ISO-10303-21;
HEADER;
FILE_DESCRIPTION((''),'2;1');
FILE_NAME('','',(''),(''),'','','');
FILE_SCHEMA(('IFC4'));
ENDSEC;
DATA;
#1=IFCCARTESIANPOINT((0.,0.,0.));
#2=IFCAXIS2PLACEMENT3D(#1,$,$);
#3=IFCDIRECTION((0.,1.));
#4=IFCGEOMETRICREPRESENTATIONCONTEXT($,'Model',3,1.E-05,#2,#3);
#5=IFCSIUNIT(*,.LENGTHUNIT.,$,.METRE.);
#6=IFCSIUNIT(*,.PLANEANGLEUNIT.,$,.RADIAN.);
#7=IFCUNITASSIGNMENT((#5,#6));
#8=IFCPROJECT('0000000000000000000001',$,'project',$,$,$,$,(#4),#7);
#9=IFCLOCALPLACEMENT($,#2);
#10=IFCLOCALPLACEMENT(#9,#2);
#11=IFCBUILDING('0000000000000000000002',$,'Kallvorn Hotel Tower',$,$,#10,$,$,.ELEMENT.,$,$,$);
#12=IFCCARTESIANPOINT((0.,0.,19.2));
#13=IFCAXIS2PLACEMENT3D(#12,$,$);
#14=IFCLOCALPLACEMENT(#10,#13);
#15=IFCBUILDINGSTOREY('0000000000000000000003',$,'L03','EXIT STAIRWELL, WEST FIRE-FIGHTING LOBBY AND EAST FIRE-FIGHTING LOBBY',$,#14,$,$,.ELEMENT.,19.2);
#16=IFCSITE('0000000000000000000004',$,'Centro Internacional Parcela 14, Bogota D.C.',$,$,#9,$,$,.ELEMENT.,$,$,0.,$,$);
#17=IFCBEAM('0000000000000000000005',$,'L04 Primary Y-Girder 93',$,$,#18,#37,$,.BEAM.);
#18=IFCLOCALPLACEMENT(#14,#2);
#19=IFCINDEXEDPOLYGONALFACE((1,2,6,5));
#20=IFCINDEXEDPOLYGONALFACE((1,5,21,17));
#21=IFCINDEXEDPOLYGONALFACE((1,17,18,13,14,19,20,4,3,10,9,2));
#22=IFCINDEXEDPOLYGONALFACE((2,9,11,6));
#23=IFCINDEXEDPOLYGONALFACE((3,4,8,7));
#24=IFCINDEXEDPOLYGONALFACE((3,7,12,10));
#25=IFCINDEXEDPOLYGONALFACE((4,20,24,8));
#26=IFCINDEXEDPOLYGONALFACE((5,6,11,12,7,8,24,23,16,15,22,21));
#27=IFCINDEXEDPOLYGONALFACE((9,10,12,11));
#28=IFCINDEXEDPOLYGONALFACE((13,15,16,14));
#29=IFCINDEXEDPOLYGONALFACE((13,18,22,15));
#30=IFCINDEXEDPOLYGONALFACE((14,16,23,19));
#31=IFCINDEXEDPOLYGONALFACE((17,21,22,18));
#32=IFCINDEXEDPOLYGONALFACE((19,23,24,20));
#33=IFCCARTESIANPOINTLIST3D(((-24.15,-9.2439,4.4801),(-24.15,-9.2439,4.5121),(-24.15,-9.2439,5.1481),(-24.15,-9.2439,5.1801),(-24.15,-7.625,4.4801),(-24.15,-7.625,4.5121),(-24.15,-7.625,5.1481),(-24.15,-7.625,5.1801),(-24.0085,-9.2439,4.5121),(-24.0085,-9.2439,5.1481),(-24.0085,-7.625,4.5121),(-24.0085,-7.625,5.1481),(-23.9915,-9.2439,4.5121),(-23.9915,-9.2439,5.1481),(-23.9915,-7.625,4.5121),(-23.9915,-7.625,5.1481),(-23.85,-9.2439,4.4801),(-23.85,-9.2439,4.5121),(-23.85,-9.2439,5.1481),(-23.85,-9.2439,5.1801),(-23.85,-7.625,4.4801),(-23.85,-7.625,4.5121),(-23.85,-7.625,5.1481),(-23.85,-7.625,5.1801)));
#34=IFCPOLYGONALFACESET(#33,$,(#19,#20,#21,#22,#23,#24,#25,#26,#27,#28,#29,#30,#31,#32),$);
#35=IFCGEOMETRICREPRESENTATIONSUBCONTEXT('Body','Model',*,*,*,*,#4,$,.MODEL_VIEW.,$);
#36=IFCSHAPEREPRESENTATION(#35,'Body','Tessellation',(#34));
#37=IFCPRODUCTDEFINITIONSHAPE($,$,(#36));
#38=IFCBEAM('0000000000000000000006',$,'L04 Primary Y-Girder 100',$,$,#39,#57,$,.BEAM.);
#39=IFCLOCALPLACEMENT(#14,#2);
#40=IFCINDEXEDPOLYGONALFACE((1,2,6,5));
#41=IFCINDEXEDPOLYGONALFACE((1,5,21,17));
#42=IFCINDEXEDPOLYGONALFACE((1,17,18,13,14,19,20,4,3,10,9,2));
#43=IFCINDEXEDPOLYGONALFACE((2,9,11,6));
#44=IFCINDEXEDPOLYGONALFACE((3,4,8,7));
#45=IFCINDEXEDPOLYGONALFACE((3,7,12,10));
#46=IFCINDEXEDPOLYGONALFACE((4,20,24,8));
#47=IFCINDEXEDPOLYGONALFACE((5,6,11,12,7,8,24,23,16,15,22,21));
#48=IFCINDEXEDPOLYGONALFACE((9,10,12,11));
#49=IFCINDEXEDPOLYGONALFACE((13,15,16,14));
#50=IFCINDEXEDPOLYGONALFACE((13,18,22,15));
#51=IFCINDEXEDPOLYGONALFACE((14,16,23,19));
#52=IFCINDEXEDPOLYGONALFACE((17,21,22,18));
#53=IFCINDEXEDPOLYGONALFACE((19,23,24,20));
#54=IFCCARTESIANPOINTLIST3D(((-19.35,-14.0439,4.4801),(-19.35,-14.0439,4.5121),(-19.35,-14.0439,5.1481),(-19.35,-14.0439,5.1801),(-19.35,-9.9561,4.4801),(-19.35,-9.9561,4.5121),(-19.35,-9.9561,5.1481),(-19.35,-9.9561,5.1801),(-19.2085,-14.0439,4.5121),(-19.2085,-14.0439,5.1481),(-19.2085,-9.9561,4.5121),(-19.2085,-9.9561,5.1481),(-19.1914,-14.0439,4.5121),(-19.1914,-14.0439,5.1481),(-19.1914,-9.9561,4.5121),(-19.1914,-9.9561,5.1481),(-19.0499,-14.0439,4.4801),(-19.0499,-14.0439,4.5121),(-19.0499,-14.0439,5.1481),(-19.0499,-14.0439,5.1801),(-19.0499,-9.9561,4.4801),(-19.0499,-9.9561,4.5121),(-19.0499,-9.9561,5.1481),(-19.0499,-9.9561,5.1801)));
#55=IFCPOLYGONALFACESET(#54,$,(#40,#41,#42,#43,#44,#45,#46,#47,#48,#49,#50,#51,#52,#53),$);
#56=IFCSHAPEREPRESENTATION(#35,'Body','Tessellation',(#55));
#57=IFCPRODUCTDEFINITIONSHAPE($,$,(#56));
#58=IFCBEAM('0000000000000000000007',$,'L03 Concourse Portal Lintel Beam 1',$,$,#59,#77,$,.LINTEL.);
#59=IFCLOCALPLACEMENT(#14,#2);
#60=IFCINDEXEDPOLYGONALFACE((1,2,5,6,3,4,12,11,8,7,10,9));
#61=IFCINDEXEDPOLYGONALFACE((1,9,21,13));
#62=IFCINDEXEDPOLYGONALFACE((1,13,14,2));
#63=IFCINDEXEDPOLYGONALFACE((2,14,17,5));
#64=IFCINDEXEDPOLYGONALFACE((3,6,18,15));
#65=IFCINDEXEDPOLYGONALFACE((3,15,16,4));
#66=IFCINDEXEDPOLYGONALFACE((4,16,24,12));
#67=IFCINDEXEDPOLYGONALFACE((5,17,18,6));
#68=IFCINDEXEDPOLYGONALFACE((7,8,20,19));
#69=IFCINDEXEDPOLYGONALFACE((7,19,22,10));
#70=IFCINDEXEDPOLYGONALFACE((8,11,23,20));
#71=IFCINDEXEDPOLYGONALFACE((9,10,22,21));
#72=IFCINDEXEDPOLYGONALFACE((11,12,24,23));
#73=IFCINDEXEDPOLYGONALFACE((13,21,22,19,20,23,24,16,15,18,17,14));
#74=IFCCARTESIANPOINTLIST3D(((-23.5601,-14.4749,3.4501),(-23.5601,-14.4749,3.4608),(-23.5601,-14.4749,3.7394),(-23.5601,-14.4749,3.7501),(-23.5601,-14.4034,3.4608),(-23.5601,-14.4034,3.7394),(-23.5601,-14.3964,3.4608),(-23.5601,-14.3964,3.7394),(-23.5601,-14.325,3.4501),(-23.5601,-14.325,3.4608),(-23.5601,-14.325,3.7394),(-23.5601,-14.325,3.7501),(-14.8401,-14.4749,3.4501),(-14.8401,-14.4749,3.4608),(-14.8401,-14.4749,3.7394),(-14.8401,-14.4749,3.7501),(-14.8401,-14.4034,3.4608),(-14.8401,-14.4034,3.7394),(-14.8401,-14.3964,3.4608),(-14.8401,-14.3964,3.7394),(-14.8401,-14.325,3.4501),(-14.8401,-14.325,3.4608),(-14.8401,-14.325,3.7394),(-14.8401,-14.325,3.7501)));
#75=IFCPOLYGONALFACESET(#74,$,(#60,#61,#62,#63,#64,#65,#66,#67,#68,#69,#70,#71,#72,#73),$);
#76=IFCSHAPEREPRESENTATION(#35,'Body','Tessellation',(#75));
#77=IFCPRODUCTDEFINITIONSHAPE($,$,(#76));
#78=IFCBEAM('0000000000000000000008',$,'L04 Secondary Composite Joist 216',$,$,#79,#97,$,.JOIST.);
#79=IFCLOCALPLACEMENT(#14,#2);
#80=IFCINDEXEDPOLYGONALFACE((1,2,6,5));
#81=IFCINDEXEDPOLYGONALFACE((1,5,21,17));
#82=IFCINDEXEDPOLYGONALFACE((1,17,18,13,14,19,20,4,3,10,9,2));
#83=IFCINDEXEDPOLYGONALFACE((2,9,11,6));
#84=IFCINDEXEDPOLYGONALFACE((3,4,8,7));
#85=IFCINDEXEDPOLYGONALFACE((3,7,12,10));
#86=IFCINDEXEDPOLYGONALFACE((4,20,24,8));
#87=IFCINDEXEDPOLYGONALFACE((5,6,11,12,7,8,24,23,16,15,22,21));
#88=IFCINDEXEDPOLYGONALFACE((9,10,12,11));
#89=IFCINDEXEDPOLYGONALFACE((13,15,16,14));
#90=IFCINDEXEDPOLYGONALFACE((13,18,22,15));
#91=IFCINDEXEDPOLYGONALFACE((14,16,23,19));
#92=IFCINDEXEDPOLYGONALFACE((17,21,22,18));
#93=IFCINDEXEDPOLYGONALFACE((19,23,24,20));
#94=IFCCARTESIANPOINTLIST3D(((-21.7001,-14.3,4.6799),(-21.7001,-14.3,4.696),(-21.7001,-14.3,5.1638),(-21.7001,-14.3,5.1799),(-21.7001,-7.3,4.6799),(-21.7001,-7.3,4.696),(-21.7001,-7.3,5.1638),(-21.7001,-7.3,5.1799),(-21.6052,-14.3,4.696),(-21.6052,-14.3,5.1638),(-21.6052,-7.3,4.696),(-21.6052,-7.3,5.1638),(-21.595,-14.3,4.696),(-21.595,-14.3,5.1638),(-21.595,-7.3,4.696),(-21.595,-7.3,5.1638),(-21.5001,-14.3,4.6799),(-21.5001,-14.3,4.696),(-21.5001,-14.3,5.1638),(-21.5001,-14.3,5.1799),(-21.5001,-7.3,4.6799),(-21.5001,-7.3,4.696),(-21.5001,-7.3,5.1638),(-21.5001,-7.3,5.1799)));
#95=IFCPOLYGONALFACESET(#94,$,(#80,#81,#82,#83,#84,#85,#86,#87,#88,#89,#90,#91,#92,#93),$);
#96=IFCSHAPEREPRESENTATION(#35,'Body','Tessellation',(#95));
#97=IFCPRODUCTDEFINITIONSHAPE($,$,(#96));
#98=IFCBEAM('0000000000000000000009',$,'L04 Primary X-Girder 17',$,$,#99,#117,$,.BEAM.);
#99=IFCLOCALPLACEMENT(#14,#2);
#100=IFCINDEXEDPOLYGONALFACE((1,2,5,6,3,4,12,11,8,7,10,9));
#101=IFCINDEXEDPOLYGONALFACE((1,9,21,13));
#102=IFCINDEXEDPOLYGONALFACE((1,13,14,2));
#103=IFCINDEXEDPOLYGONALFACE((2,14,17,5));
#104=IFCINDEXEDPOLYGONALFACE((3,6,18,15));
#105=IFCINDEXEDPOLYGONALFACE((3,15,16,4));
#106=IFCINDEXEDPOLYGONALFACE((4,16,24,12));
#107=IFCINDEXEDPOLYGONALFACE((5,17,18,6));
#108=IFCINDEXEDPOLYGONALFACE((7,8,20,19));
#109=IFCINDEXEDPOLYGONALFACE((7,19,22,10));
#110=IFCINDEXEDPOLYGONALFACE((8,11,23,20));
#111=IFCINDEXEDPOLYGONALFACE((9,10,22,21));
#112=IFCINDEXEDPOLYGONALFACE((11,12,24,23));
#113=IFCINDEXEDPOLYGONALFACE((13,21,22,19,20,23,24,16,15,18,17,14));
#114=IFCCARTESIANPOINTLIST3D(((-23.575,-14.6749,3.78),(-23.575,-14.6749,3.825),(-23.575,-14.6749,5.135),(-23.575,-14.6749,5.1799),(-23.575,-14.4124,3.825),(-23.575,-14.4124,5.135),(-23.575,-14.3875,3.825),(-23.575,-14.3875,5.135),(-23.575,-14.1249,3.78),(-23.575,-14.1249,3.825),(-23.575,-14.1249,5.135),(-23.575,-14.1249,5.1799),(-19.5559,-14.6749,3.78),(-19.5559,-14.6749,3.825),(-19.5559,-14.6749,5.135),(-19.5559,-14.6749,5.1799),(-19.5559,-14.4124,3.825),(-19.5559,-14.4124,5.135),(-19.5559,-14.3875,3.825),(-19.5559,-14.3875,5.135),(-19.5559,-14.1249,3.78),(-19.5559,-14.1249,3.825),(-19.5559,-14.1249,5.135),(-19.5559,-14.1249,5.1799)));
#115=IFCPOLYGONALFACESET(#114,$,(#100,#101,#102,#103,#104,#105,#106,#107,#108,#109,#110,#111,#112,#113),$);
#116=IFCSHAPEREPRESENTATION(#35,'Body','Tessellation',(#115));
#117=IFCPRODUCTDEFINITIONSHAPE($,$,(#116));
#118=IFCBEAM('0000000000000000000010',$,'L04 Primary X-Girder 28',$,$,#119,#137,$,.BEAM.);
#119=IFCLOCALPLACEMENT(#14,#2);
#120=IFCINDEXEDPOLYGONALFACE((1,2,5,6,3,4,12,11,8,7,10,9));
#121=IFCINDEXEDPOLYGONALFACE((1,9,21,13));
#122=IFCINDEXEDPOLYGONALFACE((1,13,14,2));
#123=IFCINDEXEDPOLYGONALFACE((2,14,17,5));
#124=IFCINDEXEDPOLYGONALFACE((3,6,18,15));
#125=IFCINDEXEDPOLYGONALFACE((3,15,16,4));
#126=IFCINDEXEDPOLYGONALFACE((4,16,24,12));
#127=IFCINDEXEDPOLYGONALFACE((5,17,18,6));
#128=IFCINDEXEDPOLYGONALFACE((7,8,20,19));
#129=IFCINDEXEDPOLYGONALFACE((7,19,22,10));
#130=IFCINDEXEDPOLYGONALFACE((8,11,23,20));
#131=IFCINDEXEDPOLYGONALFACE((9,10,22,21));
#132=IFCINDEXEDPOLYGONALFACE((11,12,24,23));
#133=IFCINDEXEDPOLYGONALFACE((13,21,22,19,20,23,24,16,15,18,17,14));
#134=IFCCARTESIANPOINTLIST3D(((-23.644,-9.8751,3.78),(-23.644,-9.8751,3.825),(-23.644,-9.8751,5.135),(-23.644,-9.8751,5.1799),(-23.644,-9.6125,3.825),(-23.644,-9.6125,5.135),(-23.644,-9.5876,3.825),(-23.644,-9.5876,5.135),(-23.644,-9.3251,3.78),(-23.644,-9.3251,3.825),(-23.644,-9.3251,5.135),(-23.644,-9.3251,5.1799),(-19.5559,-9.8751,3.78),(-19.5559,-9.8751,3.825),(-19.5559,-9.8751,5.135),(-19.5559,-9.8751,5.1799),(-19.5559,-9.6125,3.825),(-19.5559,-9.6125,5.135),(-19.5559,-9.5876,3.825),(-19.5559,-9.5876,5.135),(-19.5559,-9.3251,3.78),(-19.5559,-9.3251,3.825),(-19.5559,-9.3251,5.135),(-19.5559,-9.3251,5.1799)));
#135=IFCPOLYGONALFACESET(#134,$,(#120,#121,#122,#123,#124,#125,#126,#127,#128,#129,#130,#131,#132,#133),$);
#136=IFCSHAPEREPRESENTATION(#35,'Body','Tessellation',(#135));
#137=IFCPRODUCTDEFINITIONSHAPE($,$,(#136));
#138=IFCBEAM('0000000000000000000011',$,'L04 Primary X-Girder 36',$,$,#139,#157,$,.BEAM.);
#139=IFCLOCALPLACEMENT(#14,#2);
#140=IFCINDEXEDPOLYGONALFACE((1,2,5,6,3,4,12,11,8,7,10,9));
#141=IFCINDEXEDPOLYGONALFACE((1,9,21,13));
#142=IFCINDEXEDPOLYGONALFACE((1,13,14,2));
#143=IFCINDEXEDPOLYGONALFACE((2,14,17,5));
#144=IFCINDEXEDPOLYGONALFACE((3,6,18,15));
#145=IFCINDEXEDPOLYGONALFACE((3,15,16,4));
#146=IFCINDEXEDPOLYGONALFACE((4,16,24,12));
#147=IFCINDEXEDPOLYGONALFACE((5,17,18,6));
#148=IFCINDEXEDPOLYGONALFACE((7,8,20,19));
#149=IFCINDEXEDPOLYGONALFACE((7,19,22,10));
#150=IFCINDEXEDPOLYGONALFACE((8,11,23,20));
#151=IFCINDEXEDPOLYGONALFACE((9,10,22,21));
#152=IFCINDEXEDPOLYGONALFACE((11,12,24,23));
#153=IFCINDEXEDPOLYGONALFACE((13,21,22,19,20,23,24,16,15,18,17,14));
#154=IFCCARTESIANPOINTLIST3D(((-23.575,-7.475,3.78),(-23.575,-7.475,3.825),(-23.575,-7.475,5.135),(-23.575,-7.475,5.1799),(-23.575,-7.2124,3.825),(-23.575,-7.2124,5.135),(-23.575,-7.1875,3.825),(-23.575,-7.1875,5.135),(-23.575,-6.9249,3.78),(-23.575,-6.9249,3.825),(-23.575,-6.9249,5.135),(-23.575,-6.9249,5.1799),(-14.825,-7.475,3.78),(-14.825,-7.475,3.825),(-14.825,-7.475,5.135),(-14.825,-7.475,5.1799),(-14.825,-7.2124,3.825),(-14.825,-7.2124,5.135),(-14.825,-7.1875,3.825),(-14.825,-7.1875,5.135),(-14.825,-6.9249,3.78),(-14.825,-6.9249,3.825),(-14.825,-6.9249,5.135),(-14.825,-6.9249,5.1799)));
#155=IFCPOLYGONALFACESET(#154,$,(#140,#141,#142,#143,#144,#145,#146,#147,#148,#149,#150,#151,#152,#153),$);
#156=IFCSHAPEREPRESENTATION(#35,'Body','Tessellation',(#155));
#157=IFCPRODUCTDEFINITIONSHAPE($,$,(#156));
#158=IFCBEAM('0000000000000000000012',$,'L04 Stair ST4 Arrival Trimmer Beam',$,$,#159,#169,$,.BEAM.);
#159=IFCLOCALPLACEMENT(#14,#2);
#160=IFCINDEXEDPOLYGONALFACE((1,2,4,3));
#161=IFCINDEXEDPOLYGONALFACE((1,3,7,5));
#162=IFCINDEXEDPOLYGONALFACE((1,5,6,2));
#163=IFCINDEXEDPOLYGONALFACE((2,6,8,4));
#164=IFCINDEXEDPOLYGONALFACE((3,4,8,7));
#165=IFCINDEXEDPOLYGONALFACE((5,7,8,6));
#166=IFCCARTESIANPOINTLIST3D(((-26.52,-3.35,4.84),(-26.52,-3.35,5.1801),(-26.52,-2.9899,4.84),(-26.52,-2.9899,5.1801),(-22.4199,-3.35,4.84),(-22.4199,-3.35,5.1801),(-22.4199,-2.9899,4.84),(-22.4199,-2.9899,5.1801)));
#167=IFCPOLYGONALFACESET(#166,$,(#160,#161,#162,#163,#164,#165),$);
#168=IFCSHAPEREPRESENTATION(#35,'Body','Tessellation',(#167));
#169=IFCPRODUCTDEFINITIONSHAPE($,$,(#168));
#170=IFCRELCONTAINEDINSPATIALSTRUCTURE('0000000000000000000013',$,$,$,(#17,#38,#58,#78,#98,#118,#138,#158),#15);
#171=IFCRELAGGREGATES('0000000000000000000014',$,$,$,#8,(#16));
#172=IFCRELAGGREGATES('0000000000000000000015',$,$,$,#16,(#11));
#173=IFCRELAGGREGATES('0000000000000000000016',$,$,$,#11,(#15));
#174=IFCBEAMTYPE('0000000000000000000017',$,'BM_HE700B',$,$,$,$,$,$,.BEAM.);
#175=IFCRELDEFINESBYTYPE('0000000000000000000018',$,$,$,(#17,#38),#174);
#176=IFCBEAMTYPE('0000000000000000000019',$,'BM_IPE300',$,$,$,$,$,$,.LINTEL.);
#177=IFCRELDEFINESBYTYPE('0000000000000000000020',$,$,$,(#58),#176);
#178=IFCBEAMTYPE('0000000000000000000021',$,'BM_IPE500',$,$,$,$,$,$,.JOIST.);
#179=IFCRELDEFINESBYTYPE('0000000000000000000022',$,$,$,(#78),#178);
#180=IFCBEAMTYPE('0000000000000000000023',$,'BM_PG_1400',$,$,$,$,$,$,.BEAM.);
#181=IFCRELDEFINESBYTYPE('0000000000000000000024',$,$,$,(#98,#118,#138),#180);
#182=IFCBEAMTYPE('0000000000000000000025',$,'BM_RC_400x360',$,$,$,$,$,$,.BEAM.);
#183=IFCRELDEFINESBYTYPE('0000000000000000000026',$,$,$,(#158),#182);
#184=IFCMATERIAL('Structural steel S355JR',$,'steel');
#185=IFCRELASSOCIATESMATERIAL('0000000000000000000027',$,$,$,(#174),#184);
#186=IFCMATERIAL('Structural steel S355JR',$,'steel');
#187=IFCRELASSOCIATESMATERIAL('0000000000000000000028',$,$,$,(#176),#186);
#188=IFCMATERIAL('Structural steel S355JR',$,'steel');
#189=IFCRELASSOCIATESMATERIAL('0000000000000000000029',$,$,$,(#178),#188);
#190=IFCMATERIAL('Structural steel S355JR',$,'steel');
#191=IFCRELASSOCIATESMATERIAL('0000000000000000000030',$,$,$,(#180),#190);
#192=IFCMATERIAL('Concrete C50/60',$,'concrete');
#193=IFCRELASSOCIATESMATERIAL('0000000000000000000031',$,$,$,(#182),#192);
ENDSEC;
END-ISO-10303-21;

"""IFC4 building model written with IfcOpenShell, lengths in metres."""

from ifc_helpers import new_model, si_unit, direction, frame, origin, origin_2d, place, context, subcontext, project, spatial, rectangle, i_section, extrude, material, material_profile, profile_set, type_object, element, save


model = new_model("IFC4")

# Units and contexts
model_context = context("Model", 3, precision=1e-05, world=origin(), true_north=direction((0.0, 1.0)))
body_context = subcontext(model_context, "Body", "Model", "MODEL_VIEW")
ifc_project = project(units=[si_unit("LENGTHUNIT", "METRE"), si_unit("PLANEANGLEUNIT", "RADIAN")], contexts=[model_context])

# Site, building, storey
site_placement = place(None, origin())
site = spatial("IfcSite", under=ifc_project, at=site_placement, Name="Centro Internacional Parcela 14, Bogota D.C.", CompositionType="ELEMENT", RefElevation=0.0)
building_placement = place(site_placement, origin())
building = spatial("IfcBuilding", under=site, at=building_placement, Name="Kallvorn Hotel Tower", CompositionType="ELEMENT")
storey_placement = place(building_placement, frame((0.0, 0.0, 19.2)))
storey = spatial("IfcBuildingStorey", under=building, at=storey_placement, Name="L03", Description="EXIT STAIRWELL, WEST FIRE-FIGHTING LOBBY AND EAST FIRE-FIGHTING LOBBY", CompositionType="ELEMENT", Elevation=19.2)

# Beams
ifc_material_1 = material(Name="Structural steel S355JR", Category="steel")
ifc_material_profile_1 = material_profile(ifc_material_1, i_section(OverallWidth=0.3, OverallDepth=0.7, WebThickness=0.0171, FlangeThickness=0.032, at=origin_2d()), Name="HE 700 B")
ifc_profile_set_1 = profile_set([ifc_material_profile_1], Name="Structural steel S355JR")
beam_type_1 = type_object("IfcBeamType", Name="BM_HE700B", PredefinedType="BEAM", material=ifc_profile_set_1)
beam_1_placement = place(storey_placement, frame((-24.0, -9.2439, 4.8301), z_axis=(0.0, 1.0, 0.0), x_axis=(-1.0, 0.0, 0.0)))
element("IfcBeam", 1, at=beam_1_placement, inside=storey, type_object=beam_type_1, Name="L04 Primary Y-Girder 93", PredefinedType="BEAM", context=body_context, shape_type="SweptSolid", body=[
    extrude(i_section(OverallWidth=0.3, OverallDepth=0.7, WebThickness=0.0171, FlangeThickness=0.032, at=origin_2d()), origin(), (0.0, 0.0, 1.0), 1.6189),
])
beam_2_placement = place(storey_placement, frame((-19.2, -14.0439, 4.8301), z_axis=(0.0, 1.0, 0.0), x_axis=(-1.0, 0.0, 0.0)))
element("IfcBeam", 2, at=beam_2_placement, inside=storey, type_object=beam_type_1, Name="L04 Primary Y-Girder 100", PredefinedType="BEAM", context=body_context, shape_type="SweptSolid", body=[
    extrude(i_section(OverallWidth=0.3, OverallDepth=0.7, WebThickness=0.0171, FlangeThickness=0.032, at=origin_2d()), origin(), (0.0, 0.0, 1.0), 4.0879),
])
ifc_material_2 = material(Name="Structural steel S355JR", Category="steel")
ifc_material_profile_2 = material_profile(ifc_material_2, i_section(OverallWidth=0.1499, OverallDepth=0.3, WebThickness=0.0071, FlangeThickness=0.0107, at=origin_2d()), Name="IPE 300")
ifc_profile_set_2 = profile_set([ifc_material_profile_2], Name="Structural steel S355JR")
beam_type_2 = type_object("IfcBeamType", Name="BM_IPE300", PredefinedType="LINTEL", material=ifc_profile_set_2)
beam_3_placement = place(storey_placement, frame((-23.5601, -14.3999, 3.6001), z_axis=(1.0, 0.0, 0.0), x_axis=(0.0, 1.0, 0.0)))
element("IfcBeam", 3, at=beam_3_placement, inside=storey, type_object=beam_type_2, Name="L03 Concourse Portal Lintel Beam 1", PredefinedType="LINTEL", context=body_context, shape_type="SweptSolid", body=[
    extrude(i_section(OverallWidth=0.1499, OverallDepth=0.3, WebThickness=0.0071, FlangeThickness=0.0107, at=origin_2d()), origin(), (0.0, 0.0, 1.0), 8.72),
])
ifc_material_3 = material(Name="Structural steel S355JR", Category="steel")
ifc_material_profile_3 = material_profile(ifc_material_3, i_section(OverallWidth=0.2, OverallDepth=0.5, WebThickness=0.0103, FlangeThickness=0.0161, at=origin_2d()), Name="IPE 500")
ifc_profile_set_3 = profile_set([ifc_material_profile_3], Name="Structural steel S355JR")
beam_type_3 = type_object("IfcBeamType", Name="BM_IPE500", PredefinedType="JOIST", material=ifc_profile_set_3)
beam_4_placement = place(storey_placement, frame((-21.6001, -14.3, 4.9299), z_axis=(0.0, 1.0, 0.0), x_axis=(-1.0, 0.0, 0.0)))
element("IfcBeam", 4, at=beam_4_placement, inside=storey, type_object=beam_type_3, Name="L04 Secondary Composite Joist 216", PredefinedType="JOIST", context=body_context, shape_type="SweptSolid", body=[
    extrude(i_section(OverallWidth=0.2, OverallDepth=0.5, WebThickness=0.0103, FlangeThickness=0.0161, at=origin_2d()), origin(), (0.0, 0.0, 1.0), 7.0),
])
ifc_material_4 = material(Name="Structural steel S355JR", Category="steel")
ifc_material_profile_4 = material_profile(ifc_material_4, i_section(OverallWidth=0.55, OverallDepth=1.3999, WebThickness=0.0249, FlangeThickness=0.0449, at=origin_2d()), Name="PG 1400x550x25x45")
ifc_profile_set_4 = profile_set([ifc_material_profile_4], Name="Structural steel S355JR")
beam_type_4 = type_object("IfcBeamType", Name="BM_PG_1400", PredefinedType="BEAM", material=ifc_profile_set_4)
beam_5_placement = place(storey_placement, frame((-23.575, -14.3999, 4.48), z_axis=(1.0, 0.0, 0.0), x_axis=(0.0, 1.0, 0.0)))
element("IfcBeam", 5, at=beam_5_placement, inside=storey, type_object=beam_type_4, Name="L04 Primary X-Girder 17", PredefinedType="BEAM", context=body_context, shape_type="SweptSolid", body=[
    extrude(i_section(OverallWidth=0.55, OverallDepth=1.3999, WebThickness=0.0249, FlangeThickness=0.0449, at=origin_2d()), origin(), (0.0, 0.0, 1.0), 4.019),
])
beam_6_placement = place(storey_placement, frame((-23.644, -9.6001, 4.48), z_axis=(1.0, 0.0, 0.0), x_axis=(0.0, 1.0, 0.0)))
element("IfcBeam", 6, at=beam_6_placement, inside=storey, type_object=beam_type_4, Name="L04 Primary X-Girder 28", PredefinedType="BEAM", context=body_context, shape_type="SweptSolid", body=[
    extrude(i_section(OverallWidth=0.55, OverallDepth=1.3999, WebThickness=0.0249, FlangeThickness=0.0449, at=origin_2d()), origin(), (0.0, 0.0, 1.0), 4.0881),
])
beam_7_placement = place(storey_placement, frame((-23.575, -7.2, 4.48), z_axis=(1.0, 0.0, 0.0), x_axis=(0.0, 1.0, 0.0)))
element("IfcBeam", 7, at=beam_7_placement, inside=storey, type_object=beam_type_4, Name="L04 Primary X-Girder 36", PredefinedType="BEAM", context=body_context, shape_type="SweptSolid", body=[
    extrude(i_section(OverallWidth=0.55, OverallDepth=1.3999, WebThickness=0.0249, FlangeThickness=0.0449, at=origin_2d()), origin(), (0.0, 0.0, 1.0), 8.75),
])
ifc_material_5 = material(Name="Concrete C50/60", Category="concrete")
ifc_material_profile_5 = material_profile(ifc_material_5, rectangle(XDim=0.3601, YDim=0.3401, at=origin_2d()), Name="RC 360x340")
ifc_profile_set_5 = profile_set([ifc_material_profile_5], Name="Concrete C50/60")
beam_type_5 = type_object("IfcBeamType", Name="BM_RC_400x360", PredefinedType="BEAM", material=ifc_profile_set_5)
beam_8_placement = place(storey_placement, frame((-22.4199, -3.1699, 5.01), z_axis=(-1.0, 0.0, 0.0), x_axis=(0.0, -1.0, 0.0)))
element("IfcBeam", 8, at=beam_8_placement, inside=storey, type_object=beam_type_5, Name="L04 Stair ST4 Arrival Trimmer Beam", PredefinedType="BEAM", context=body_context, shape_type="SweptSolid", body=[
    extrude(rectangle(XDim=0.3601, YDim=0.3401, at=origin_2d()), origin(), (0.0, 0.0, 1.0), 4.1001),
])

save(model, "model.ifc")
